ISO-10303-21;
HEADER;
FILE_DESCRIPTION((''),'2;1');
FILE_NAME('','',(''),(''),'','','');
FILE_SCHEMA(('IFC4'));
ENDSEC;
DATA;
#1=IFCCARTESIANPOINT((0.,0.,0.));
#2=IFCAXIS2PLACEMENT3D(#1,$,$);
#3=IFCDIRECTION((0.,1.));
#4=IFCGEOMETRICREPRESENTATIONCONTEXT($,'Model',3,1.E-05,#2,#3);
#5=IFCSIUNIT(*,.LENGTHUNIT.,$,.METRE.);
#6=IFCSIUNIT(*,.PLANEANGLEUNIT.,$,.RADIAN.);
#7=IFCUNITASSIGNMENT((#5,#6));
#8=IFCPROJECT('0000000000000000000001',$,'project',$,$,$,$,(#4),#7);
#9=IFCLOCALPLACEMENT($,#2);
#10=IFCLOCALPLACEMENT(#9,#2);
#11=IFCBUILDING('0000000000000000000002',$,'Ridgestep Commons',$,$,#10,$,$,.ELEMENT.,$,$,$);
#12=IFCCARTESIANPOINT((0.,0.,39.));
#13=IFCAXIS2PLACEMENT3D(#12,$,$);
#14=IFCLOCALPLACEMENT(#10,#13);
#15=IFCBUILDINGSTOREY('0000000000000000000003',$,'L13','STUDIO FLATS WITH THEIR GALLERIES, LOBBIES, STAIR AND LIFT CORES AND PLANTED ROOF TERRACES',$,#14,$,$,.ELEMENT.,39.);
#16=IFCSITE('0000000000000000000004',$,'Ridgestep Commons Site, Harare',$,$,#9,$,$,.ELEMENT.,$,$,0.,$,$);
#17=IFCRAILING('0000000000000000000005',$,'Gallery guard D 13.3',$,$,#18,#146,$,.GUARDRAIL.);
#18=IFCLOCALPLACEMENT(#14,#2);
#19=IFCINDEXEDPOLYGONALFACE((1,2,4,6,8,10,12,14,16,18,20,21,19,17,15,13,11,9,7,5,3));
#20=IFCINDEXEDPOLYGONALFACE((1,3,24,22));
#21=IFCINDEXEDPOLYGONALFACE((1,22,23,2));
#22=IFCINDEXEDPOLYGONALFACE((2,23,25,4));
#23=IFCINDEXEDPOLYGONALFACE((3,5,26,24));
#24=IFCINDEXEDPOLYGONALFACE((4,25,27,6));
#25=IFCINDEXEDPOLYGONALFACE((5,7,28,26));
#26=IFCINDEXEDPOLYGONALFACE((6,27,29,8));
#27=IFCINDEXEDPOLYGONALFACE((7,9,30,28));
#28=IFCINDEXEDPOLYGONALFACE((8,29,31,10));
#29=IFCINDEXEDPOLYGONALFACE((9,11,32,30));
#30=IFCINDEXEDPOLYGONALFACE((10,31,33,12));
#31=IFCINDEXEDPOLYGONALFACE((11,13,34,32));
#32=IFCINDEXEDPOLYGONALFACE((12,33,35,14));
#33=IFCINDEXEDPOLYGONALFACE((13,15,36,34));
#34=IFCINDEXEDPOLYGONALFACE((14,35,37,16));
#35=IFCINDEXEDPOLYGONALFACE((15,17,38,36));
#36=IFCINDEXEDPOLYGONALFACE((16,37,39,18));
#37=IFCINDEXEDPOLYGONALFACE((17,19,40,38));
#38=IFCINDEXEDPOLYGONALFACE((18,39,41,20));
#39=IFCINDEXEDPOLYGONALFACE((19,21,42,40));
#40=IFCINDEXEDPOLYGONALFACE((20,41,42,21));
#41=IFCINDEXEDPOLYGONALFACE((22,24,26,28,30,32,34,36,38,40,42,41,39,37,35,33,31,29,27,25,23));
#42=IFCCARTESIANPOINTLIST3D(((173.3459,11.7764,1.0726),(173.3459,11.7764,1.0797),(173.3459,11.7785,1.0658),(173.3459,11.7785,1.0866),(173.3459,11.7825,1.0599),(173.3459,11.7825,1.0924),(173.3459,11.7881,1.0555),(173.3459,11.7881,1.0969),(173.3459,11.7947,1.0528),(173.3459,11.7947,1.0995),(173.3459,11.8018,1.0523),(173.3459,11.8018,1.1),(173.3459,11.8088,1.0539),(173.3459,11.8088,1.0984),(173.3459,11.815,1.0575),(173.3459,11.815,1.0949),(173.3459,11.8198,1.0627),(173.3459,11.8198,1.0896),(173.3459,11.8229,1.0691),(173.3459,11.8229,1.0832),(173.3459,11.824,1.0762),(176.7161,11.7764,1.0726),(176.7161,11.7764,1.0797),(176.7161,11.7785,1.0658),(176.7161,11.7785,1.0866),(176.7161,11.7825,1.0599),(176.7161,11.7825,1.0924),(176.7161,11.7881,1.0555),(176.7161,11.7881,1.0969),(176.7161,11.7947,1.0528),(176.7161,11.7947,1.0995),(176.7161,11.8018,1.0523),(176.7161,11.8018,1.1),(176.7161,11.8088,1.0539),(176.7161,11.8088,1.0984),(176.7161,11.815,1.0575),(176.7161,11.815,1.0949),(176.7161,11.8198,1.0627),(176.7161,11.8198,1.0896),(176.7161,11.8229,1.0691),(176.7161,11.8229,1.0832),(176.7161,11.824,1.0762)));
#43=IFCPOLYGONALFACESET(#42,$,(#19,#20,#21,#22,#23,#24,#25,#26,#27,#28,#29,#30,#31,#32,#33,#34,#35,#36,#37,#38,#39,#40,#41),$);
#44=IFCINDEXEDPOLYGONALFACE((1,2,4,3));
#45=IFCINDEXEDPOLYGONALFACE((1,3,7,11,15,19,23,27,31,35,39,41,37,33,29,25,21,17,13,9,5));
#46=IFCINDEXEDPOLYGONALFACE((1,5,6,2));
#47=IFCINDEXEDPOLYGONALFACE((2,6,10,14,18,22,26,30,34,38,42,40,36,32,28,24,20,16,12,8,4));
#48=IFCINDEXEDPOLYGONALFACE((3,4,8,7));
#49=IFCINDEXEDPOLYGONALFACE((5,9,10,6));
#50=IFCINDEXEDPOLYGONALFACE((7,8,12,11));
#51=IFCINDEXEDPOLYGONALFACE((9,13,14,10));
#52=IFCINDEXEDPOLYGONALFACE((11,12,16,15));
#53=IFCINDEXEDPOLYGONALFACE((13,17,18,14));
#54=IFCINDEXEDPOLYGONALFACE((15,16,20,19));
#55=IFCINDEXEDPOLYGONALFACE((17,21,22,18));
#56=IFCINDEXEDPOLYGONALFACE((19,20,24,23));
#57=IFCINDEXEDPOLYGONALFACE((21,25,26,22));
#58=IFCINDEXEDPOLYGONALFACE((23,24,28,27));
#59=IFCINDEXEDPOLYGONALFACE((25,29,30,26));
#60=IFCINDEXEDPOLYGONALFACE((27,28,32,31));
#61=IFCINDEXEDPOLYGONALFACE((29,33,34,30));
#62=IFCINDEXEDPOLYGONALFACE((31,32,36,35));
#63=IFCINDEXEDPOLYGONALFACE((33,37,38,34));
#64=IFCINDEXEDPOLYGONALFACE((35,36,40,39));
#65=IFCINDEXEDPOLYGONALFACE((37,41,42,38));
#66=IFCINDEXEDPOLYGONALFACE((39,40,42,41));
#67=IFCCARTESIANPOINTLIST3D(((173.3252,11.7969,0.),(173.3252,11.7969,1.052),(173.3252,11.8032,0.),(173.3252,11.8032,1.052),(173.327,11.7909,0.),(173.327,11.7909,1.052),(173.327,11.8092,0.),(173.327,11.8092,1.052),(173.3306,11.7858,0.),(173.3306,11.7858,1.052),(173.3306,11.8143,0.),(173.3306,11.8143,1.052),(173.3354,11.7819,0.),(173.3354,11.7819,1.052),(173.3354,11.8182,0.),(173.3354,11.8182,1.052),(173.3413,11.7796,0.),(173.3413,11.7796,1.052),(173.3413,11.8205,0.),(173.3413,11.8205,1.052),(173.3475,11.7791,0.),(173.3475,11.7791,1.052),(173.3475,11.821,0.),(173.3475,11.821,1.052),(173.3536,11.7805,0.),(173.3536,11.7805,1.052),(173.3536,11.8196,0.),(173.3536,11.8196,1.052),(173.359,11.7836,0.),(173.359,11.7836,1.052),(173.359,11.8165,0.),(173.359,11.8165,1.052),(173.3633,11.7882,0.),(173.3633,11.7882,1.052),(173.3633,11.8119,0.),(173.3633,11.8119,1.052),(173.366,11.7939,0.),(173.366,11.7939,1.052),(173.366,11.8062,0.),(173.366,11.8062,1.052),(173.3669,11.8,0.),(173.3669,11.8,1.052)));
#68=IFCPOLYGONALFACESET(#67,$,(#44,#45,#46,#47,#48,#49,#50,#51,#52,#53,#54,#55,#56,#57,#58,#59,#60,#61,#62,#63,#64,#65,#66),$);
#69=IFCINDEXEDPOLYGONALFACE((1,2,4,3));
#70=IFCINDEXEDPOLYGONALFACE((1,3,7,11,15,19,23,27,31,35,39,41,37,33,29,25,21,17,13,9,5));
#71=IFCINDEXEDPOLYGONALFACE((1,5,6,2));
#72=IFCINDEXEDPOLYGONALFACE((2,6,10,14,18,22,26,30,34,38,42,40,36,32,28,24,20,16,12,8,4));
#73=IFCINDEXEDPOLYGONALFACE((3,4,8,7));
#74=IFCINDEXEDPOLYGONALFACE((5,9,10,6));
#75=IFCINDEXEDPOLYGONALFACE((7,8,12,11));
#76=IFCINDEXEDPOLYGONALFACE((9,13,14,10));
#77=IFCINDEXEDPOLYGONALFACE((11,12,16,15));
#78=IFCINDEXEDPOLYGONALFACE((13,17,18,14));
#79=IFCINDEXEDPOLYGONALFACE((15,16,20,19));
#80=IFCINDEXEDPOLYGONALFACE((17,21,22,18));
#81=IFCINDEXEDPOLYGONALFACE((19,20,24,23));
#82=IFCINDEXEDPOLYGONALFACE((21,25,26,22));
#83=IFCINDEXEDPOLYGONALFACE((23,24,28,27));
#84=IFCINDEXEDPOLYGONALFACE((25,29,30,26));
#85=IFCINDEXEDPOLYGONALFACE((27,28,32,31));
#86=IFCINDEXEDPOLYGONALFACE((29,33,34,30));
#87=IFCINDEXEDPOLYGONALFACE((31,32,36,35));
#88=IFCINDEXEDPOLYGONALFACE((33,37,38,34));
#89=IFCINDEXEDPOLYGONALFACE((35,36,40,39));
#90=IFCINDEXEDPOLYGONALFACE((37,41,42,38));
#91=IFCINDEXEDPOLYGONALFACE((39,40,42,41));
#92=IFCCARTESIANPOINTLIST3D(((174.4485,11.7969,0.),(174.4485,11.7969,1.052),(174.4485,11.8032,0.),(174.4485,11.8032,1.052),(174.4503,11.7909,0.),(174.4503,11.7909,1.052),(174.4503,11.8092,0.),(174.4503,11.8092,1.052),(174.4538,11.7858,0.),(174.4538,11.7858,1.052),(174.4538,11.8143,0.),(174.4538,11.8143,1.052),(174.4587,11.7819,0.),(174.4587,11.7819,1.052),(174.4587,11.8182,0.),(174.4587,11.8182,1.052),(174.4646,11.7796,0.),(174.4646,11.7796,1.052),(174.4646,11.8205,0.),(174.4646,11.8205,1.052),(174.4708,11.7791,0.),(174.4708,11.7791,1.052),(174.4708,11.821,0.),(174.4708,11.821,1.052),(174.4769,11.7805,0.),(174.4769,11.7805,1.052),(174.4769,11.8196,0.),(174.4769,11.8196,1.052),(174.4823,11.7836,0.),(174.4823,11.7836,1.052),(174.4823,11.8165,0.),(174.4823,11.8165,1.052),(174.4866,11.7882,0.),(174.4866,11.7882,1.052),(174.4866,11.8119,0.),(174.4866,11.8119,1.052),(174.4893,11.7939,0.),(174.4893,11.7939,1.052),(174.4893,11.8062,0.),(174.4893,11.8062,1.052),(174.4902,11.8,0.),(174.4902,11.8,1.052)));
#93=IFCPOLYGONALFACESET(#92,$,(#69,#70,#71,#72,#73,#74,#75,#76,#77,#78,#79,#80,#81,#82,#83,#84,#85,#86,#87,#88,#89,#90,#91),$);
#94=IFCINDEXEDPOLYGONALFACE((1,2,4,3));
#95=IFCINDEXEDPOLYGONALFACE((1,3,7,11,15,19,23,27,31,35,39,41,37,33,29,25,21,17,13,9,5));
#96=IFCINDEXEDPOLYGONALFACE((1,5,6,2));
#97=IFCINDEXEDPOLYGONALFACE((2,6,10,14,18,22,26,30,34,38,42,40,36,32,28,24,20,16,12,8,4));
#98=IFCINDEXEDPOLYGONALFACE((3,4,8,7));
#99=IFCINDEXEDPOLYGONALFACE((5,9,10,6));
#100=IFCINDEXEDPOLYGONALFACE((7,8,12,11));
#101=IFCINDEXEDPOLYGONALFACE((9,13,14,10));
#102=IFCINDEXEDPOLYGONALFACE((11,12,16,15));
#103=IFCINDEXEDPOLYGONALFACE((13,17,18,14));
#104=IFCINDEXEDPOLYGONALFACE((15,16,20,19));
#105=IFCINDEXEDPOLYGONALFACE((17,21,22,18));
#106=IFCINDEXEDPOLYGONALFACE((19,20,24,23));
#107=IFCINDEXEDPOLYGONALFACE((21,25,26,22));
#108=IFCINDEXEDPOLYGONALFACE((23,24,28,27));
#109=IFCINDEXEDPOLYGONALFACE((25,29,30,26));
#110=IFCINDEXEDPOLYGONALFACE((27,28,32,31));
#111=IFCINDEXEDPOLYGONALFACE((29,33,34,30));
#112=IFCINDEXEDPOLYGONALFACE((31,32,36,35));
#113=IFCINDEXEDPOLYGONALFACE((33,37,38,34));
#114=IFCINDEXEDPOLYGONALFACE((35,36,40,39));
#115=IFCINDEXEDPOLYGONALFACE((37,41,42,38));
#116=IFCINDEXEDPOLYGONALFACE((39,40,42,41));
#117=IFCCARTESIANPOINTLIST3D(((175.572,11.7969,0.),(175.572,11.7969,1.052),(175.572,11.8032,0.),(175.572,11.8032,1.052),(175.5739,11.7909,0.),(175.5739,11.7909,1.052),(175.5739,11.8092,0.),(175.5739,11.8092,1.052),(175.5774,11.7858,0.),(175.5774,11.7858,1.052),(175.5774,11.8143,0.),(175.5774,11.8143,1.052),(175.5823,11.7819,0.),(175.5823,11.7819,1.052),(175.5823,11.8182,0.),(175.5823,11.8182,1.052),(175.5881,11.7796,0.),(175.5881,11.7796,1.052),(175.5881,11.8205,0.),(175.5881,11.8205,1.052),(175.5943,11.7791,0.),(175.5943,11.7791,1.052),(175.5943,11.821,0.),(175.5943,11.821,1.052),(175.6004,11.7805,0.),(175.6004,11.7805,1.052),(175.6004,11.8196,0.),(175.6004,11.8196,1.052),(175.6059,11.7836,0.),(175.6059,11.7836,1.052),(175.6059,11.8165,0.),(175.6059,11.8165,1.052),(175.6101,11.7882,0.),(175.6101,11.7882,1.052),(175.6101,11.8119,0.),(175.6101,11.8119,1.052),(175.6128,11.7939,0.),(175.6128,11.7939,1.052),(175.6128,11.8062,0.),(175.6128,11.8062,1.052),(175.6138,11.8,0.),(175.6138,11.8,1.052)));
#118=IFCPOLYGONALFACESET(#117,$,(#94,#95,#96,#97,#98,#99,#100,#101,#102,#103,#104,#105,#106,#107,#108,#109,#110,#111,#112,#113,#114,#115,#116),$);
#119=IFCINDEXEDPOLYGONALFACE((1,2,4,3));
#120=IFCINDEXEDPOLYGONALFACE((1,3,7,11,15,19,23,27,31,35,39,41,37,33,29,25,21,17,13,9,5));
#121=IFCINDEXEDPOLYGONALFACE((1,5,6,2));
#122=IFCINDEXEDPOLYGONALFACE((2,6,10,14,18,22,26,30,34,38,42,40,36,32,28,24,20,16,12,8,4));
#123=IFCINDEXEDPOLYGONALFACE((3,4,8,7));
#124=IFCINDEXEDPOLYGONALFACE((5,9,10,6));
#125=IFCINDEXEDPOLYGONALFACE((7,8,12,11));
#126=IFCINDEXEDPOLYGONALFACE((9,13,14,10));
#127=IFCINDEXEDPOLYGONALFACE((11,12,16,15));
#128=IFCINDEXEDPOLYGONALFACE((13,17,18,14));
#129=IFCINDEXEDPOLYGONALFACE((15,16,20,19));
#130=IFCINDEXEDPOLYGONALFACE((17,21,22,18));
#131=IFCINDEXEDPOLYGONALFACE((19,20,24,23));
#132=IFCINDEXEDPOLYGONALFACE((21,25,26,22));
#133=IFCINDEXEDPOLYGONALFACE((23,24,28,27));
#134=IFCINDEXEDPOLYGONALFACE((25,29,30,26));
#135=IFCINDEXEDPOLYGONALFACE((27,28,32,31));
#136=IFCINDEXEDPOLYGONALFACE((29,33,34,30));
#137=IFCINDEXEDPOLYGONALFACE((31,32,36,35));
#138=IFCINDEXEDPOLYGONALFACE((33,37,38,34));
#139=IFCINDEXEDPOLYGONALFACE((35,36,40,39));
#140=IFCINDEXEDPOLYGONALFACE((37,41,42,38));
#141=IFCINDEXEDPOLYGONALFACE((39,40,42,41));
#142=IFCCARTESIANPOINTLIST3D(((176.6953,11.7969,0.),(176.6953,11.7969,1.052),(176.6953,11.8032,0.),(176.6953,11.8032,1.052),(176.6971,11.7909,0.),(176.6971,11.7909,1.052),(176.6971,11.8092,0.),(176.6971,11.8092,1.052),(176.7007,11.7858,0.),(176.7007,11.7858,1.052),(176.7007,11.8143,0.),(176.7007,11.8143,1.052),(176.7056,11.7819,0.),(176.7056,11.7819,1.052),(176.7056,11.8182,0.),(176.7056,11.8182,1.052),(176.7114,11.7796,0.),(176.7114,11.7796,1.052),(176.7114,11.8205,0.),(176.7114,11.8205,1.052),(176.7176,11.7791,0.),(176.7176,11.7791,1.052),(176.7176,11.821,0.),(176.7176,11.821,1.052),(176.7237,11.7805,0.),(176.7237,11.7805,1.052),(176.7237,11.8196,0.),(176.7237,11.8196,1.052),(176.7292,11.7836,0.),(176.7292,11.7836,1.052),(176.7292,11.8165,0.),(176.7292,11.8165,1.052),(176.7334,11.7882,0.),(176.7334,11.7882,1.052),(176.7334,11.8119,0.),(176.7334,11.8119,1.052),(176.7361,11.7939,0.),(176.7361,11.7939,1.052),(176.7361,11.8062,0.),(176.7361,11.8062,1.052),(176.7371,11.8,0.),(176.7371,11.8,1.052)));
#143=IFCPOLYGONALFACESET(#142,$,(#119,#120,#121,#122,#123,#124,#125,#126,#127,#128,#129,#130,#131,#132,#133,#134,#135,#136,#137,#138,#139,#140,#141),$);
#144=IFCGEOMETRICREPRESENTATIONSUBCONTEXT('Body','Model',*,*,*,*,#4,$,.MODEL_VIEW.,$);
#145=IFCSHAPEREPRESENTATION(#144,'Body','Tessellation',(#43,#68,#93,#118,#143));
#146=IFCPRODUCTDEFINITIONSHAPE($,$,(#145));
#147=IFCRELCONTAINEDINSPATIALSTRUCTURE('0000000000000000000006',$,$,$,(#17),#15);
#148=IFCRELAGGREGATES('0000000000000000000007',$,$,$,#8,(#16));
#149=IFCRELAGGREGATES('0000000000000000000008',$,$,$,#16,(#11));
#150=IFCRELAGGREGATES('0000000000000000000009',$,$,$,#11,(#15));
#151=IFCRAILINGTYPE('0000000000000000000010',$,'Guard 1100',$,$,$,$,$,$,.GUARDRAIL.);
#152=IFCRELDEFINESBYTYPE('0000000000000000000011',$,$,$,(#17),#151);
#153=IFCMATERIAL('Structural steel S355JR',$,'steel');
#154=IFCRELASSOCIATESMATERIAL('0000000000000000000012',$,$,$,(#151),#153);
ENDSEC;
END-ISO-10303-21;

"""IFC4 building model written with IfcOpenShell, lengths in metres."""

from ifc_helpers import new_model, si_unit, direction, frame, origin, origin_2d, place, context, subcontext, project, spatial, circle, extrude, material, type_object, element, save


model = new_model("IFC4")

# Units and contexts
model_context = context("Model", 3, precision=1e-05, world=origin(), true_north=direction((0.0, 1.0)))
body_context = subcontext(model_context, "Body", "Model", "MODEL_VIEW")
ifc_project = project(units=[si_unit("LENGTHUNIT", "METRE"), si_unit("PLANEANGLEUNIT", "RADIAN")], contexts=[model_context])

# Site, building, storey
site_placement = place(None, origin())
site = spatial("IfcSite", under=ifc_project, at=site_placement, Name="Ridgestep Commons Site, Harare", CompositionType="ELEMENT", RefElevation=0.0)
building_placement = place(site_placement, origin())
building = spatial("IfcBuilding", under=site, at=building_placement, Name="Ridgestep Commons", CompositionType="ELEMENT")
storey_placement = place(building_placement, frame((0.0, 0.0, 39.0)))
storey = spatial("IfcBuildingStorey", under=building, at=storey_placement, Name="L13", Description="STUDIO FLATS WITH THEIR GALLERIES, LOBBIES, STAIR AND LIFT CORES AND PLANTED ROOF TERRACES", CompositionType="ELEMENT", Elevation=39.0)

# Railing
ifc_material_1 = material(Name="Structural steel S355JR", Category="steel")
railing_type = type_object("IfcRailingType", Name="Guard 1100", PredefinedType="GUARDRAIL", material=ifc_material_1)
railing_1_placement = place(storey_placement, frame((173.3459, 11.8, 0.0)))
element("IfcRailing", 1, at=railing_1_placement, inside=storey, type_object=railing_type, Name="Gallery guard D 13.3", PredefinedType="GUARDRAIL", context=body_context, shape_type="SweptSolid", body=[
    extrude(circle(Radius=0.0239, at=origin_2d()), frame((0.0, 0.0, 1.0762), z_axis=(1.0, 0.0, 0.0), x_axis=(0.0, 1.0, 0.0)), (0.0, 0.0, 1.0), 3.3701),
    extrude(circle(Radius=0.021, at=origin_2d()), origin(), (0.0, 0.0, 1.0), 1.052),
    extrude(circle(Radius=0.021, at=origin_2d()), frame((1.1233, 0.0, 0.0)), (0.0, 0.0, 1.0), 1.052),
    extrude(circle(Radius=0.021, at=origin_2d()), frame((2.2468, 0.0, 0.0)), (0.0, 0.0, 1.0), 1.052),
    extrude(circle(Radius=0.021, at=origin_2d()), frame((3.3701, 0.0, 0.0)), (0.0, 0.0, 1.0), 1.052),
])

save(model, "model.ifc")
